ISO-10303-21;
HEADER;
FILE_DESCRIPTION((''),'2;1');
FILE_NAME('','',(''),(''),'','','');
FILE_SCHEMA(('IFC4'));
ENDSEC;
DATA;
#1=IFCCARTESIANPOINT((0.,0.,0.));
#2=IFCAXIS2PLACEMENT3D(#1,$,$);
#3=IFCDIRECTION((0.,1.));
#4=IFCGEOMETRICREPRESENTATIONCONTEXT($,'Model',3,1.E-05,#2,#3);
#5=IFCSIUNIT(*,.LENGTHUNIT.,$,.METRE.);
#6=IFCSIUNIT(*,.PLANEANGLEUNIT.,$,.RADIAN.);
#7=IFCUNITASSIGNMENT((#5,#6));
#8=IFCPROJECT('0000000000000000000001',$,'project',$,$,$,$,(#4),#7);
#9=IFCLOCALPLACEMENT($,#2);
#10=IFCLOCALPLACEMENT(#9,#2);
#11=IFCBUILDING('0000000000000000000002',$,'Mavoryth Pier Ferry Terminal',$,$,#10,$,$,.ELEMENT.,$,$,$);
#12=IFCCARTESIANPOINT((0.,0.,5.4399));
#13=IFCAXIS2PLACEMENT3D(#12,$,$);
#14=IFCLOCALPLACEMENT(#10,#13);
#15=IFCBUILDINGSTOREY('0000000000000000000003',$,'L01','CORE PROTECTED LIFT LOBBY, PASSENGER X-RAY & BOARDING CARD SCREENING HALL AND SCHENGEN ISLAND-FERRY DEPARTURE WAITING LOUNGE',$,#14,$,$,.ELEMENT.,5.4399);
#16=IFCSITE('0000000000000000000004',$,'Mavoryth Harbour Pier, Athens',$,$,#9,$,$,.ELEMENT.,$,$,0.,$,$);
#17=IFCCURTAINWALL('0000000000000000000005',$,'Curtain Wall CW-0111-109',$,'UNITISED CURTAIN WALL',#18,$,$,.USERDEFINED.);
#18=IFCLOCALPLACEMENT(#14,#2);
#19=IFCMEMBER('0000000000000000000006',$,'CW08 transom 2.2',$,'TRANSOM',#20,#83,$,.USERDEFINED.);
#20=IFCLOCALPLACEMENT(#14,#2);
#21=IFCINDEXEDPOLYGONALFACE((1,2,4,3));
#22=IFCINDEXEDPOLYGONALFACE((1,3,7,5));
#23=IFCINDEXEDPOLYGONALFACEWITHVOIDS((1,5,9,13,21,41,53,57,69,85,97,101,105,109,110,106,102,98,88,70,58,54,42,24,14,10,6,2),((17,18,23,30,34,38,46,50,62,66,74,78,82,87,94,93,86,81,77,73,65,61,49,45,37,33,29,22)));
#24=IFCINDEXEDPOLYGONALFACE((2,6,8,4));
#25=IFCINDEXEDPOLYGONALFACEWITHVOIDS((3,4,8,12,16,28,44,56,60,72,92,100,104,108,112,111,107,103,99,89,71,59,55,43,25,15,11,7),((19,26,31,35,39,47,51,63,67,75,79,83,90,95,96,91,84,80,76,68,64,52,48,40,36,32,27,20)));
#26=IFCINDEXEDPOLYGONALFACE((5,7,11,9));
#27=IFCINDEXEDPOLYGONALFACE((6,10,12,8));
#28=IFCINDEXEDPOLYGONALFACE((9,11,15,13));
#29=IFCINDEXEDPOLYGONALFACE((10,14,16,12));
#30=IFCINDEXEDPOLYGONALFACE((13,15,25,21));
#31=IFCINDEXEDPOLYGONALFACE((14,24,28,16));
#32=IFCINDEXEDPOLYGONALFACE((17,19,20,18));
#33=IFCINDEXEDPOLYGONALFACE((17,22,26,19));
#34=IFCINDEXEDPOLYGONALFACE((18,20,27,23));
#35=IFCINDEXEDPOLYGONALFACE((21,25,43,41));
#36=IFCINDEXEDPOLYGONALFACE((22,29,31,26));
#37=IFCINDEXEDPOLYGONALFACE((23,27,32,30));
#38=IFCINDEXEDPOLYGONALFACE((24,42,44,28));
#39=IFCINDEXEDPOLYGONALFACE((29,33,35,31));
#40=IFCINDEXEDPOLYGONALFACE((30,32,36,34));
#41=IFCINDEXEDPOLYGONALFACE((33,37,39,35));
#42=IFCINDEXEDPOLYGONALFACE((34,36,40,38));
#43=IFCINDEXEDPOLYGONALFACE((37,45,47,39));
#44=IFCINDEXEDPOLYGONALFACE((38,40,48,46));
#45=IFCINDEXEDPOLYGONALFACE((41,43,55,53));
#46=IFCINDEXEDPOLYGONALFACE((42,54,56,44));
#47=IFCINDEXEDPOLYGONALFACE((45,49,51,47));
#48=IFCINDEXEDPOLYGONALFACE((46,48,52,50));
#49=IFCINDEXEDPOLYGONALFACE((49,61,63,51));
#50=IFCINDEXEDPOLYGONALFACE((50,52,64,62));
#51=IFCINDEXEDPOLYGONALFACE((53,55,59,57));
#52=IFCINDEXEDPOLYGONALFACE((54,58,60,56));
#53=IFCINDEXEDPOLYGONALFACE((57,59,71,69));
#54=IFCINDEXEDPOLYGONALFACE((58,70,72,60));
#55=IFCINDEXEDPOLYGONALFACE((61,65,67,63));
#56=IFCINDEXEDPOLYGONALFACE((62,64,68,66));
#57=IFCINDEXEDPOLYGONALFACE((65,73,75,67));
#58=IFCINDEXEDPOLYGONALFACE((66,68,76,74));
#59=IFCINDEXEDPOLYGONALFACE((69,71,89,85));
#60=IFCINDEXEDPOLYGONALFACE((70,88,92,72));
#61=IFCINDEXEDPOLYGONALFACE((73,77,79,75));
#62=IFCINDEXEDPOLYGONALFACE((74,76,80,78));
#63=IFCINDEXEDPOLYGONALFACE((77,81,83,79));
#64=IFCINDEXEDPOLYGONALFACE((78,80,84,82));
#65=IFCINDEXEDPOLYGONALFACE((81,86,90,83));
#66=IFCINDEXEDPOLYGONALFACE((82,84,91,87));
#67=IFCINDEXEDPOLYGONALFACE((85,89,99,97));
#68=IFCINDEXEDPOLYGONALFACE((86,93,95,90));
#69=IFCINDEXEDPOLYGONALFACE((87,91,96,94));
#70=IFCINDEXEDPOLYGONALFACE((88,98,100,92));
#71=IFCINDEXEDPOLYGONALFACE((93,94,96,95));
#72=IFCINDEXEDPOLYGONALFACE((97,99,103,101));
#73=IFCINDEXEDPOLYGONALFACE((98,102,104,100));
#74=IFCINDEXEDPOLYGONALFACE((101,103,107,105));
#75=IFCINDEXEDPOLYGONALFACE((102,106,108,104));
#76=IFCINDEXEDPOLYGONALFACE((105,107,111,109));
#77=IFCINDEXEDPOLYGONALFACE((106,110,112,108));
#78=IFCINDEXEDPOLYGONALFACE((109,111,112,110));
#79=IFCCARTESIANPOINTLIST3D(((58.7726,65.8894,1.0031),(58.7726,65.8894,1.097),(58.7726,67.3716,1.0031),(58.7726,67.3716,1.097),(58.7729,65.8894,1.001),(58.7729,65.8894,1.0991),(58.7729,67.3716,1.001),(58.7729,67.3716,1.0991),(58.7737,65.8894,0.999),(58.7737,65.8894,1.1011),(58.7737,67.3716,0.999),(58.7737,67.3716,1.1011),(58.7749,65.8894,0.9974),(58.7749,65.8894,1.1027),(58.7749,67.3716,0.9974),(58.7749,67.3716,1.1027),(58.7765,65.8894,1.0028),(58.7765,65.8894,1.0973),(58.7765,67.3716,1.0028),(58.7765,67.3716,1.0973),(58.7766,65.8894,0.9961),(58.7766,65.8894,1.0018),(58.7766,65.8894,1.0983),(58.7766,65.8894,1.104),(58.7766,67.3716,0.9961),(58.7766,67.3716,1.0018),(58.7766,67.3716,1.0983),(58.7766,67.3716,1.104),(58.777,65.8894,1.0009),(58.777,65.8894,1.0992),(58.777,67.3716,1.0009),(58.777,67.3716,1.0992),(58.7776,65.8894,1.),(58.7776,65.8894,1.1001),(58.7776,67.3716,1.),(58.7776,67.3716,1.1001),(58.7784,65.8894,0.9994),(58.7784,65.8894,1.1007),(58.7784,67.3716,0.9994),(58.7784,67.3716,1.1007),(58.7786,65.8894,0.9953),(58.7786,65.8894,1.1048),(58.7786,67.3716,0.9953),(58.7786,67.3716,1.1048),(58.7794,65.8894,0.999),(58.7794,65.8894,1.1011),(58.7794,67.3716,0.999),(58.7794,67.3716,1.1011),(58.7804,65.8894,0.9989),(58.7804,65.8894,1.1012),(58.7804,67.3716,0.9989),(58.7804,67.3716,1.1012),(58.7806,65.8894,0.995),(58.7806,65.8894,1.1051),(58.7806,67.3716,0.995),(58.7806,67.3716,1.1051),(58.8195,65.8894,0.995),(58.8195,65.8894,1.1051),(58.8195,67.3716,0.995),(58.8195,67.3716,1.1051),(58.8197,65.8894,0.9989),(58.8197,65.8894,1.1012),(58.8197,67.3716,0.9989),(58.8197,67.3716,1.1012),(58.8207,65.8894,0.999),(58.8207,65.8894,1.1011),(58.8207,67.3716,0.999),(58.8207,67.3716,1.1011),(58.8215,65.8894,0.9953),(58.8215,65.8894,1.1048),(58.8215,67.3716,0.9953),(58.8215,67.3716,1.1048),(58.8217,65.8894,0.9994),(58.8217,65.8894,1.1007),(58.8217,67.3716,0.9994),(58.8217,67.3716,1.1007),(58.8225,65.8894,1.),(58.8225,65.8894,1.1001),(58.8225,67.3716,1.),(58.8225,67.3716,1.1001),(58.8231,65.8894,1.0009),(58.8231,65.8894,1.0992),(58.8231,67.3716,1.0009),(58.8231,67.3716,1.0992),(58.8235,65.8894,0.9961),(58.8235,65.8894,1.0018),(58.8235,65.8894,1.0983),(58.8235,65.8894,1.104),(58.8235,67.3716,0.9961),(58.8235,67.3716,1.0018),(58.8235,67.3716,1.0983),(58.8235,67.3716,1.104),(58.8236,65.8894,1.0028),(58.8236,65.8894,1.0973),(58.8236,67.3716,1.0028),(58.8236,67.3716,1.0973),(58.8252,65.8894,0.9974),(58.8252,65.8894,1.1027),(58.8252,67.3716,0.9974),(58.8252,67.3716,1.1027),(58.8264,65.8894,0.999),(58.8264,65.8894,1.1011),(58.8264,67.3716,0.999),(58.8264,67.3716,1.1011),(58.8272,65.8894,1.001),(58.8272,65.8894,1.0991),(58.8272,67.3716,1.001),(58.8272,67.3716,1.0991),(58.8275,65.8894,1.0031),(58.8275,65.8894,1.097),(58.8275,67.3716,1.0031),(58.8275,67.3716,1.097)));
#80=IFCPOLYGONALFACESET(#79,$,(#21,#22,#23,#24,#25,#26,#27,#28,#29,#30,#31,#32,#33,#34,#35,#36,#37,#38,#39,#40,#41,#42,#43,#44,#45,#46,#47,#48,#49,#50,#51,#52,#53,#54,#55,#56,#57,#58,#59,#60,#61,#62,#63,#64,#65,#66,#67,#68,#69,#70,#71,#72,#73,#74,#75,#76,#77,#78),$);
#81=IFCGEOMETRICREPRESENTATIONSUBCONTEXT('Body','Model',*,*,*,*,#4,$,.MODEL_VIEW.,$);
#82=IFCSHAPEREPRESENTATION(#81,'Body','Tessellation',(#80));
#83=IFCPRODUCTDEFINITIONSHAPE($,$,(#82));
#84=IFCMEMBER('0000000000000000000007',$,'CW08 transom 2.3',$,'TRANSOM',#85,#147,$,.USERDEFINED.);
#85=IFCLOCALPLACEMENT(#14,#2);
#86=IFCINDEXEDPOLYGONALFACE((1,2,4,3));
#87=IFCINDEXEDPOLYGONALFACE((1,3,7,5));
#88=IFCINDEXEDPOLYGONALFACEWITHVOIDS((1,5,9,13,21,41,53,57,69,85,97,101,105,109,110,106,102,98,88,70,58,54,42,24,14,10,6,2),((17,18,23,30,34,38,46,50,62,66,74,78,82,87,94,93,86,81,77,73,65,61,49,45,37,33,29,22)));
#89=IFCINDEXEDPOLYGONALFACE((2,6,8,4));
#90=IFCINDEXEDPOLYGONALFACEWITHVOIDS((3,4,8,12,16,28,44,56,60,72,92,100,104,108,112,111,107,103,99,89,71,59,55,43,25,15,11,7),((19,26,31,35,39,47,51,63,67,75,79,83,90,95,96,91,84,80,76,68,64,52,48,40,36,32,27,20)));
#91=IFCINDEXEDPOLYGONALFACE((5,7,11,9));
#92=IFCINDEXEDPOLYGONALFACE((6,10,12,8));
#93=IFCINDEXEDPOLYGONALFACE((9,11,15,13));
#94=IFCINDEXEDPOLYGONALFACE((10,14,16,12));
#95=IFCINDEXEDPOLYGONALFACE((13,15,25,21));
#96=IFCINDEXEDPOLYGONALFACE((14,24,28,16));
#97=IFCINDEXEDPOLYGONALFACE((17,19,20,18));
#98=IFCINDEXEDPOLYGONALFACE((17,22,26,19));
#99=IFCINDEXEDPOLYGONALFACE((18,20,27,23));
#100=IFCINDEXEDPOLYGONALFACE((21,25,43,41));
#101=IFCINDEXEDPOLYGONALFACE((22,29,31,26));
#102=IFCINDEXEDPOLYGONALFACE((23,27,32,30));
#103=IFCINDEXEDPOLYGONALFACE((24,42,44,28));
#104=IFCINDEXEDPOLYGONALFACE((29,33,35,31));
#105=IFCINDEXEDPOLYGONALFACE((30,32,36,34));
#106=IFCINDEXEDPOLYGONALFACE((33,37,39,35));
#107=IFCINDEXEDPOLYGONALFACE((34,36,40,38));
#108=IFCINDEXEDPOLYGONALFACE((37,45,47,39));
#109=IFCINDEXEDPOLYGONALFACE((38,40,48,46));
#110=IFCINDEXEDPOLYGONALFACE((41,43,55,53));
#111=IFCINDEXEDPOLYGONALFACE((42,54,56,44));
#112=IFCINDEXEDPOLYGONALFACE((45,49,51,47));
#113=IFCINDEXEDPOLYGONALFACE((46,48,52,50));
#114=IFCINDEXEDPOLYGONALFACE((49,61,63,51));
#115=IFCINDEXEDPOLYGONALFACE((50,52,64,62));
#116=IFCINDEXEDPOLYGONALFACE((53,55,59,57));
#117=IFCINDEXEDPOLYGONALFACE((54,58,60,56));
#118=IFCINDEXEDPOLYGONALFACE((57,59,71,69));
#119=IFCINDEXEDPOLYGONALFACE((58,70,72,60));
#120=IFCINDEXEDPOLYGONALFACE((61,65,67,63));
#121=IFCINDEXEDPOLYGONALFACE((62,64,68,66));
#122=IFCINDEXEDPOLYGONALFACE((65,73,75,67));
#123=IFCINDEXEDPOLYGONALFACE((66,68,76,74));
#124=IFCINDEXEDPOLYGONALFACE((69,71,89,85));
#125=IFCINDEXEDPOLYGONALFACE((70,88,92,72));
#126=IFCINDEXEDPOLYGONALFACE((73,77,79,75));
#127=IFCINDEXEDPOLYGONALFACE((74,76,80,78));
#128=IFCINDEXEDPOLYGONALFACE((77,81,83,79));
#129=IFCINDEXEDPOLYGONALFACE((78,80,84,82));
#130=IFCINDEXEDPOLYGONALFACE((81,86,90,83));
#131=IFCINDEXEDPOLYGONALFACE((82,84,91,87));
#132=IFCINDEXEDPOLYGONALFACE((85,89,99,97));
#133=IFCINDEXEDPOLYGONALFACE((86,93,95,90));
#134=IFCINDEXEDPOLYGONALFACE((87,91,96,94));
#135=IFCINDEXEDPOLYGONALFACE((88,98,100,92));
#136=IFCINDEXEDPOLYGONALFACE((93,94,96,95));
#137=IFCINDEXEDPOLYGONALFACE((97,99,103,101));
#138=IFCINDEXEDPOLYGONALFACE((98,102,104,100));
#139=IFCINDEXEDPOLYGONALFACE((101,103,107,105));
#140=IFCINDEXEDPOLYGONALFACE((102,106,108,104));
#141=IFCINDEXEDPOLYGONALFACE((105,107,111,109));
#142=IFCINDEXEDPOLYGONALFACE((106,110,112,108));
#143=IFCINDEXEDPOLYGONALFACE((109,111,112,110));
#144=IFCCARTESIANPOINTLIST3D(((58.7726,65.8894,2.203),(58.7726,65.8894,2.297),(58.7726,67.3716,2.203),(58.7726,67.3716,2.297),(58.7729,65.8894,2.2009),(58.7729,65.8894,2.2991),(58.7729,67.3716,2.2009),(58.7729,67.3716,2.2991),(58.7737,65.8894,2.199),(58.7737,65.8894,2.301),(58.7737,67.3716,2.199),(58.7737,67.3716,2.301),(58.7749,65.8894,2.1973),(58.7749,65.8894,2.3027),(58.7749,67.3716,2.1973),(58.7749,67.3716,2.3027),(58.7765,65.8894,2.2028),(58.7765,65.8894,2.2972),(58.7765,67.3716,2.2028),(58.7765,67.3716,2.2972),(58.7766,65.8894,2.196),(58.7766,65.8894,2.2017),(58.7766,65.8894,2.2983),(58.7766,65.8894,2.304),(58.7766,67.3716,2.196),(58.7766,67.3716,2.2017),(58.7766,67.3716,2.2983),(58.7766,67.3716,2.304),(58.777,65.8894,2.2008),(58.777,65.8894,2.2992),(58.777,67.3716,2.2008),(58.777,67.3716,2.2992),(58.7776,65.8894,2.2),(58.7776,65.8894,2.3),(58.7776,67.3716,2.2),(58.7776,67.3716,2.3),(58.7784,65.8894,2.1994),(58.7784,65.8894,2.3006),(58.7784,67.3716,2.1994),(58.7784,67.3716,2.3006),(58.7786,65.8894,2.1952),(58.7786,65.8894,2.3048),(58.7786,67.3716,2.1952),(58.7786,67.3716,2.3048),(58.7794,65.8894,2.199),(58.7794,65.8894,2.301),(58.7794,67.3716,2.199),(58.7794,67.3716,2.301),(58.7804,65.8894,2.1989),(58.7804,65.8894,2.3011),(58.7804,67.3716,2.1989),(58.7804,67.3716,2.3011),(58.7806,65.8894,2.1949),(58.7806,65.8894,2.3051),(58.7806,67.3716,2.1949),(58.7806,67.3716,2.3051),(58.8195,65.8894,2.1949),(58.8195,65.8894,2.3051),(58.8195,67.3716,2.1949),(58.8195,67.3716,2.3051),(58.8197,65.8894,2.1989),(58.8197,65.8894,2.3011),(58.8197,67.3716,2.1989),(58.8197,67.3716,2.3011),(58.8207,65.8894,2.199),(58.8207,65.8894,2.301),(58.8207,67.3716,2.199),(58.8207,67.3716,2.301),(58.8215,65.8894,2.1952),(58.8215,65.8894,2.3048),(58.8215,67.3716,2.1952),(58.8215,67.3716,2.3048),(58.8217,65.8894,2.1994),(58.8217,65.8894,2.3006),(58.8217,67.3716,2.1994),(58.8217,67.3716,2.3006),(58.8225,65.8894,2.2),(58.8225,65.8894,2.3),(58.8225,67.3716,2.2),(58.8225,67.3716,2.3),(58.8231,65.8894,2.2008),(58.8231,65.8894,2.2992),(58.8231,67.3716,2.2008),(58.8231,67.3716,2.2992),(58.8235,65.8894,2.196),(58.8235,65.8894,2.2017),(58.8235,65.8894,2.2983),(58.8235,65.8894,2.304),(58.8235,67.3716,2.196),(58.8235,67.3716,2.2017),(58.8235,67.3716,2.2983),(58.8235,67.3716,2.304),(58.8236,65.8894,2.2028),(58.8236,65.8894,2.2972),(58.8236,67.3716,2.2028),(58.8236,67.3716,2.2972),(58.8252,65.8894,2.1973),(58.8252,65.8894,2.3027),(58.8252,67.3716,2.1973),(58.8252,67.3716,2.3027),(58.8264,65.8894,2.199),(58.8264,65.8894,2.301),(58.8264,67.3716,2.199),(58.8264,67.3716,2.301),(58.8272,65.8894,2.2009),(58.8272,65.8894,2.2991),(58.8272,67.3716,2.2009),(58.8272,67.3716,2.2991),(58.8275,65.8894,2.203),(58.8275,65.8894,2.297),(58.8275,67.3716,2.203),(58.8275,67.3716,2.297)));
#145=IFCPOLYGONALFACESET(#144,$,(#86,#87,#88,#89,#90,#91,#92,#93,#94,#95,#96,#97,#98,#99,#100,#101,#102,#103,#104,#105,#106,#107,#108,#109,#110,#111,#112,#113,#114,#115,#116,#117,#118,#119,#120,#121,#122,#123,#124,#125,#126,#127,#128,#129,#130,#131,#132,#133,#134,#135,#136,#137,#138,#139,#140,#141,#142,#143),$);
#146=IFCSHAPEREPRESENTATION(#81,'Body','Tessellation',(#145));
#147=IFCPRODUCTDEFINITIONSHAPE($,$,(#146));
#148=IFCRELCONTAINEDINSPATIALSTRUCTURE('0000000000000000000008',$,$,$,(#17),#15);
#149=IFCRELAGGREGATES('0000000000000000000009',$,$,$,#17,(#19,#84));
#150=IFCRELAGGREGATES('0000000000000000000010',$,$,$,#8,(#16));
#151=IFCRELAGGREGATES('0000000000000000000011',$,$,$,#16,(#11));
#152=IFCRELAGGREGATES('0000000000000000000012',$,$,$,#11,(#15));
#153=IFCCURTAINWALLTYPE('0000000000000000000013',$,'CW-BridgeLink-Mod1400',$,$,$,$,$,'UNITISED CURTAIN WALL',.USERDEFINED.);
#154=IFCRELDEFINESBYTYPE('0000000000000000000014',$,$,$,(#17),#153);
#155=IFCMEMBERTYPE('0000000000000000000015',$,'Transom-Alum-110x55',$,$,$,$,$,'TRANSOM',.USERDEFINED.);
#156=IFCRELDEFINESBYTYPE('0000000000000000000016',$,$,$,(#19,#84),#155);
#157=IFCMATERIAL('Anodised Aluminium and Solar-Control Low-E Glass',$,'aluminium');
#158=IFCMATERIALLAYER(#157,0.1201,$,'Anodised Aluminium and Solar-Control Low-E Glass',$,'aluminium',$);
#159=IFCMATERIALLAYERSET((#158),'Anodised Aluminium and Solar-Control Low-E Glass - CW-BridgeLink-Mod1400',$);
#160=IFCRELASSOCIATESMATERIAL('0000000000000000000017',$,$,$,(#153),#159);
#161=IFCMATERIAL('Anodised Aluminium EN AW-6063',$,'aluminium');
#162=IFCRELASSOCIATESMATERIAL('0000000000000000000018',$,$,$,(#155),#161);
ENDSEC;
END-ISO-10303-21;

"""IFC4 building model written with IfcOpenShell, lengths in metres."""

from ifc_helpers import new_model, si_unit, direction, frame, origin, origin_2d, place, context, subcontext, project, spatial, hollow_rectangle, extrude, material, layer, layer_set, material_profile, profile_set, type_object, element, aggregate, save


model = new_model("IFC4")

# Units and contexts
model_context = context("Model", 3, precision=1e-05, world=origin(), true_north=direction((0.0, 1.0)))
body_context = subcontext(model_context, "Body", "Model", "MODEL_VIEW")
ifc_project = project(units=[si_unit("LENGTHUNIT", "METRE"), si_unit("PLANEANGLEUNIT", "RADIAN")], contexts=[model_context])

# Site, building, storey
site_placement = place(None, origin())
site = spatial("IfcSite", under=ifc_project, at=site_placement, Name="Mavoryth Harbour Pier, Athens", CompositionType="ELEMENT", RefElevation=0.0)
building_placement = place(site_placement, origin())
building = spatial("IfcBuilding", under=site, at=building_placement, Name="Mavoryth Pier Ferry Terminal", CompositionType="ELEMENT")
storey_placement = place(building_placement, frame((0.0, 0.0, 5.4399)))
storey = spatial("IfcBuildingStorey", under=building, at=storey_placement, Name="L01", Description="CORE PROTECTED LIFT LOBBY, PASSENGER X-RAY & BOARDING CARD SCREENING HALL AND SCHENGEN ISLAND-FERRY DEPARTURE WAITING LOUNGE", CompositionType="ELEMENT", Elevation=5.4399)

# Curtain wall
ifc_material_1 = material(Name="Anodised Aluminium and Solar-Control Low-E Glass", Category="aluminium")
ifc_layer_1 = layer(ifc_material_1, 0.1201, Name="Anodised Aluminium and Solar-Control Low-E Glass", Category="aluminium")
ifc_layer_set_1 = layer_set([ifc_layer_1], Name="Anodised Aluminium and Solar-Control Low-E Glass - CW-BridgeLink-Mod1400")
curtain_wall_type = type_object("IfcCurtainWallType", Name="CW-BridgeLink-Mod1400", ElementType="UNITISED CURTAIN WALL", PredefinedType="USERDEFINED", material=ifc_layer_set_1)
ifc_material_2 = material(Name="Anodised Aluminium EN AW-6063", Category="aluminium")
curtain_wall_1_placement = place(storey_placement, origin())
curtain_wall_1 = element("IfcCurtainWall", 1, at=curtain_wall_1_placement, inside=storey, type_object=curtain_wall_type, Name="Curtain Wall CW-0111-109", ObjectType="UNITISED CURTAIN WALL", PredefinedType="USERDEFINED")

# Members
ifc_material_profile_1 = material_profile(ifc_material_2, hollow_rectangle(XDim=0.0549, YDim=0.1101, WallThickness=0.0039, InnerFilletRadius=0.0039, OuterFilletRadius=0.0081, at=origin_2d()), Name="AL-TRAN 110x55x4", Category="aluminium")
ifc_profile_set_1 = profile_set([ifc_material_profile_1], Name="Anodised Aluminium EN AW-6063 - AL-TRAN 110x55x4")
member_type_1 = type_object("IfcMemberType", Name="Transom-Alum-110x55", ElementType="TRANSOM", PredefinedType="USERDEFINED", material=ifc_profile_set_1)
member_1_placement = place(storey_placement, frame((58.8, 65.8894, 1.05), z_axis=(0.0, 1.0, 0.0), x_axis=(-1.0, 0.0, 0.0)))
member_1 = element("IfcMember", 2, at=member_1_placement, type_object=member_type_1, Name="CW08 transom 2.2", ObjectType="TRANSOM", PredefinedType="USERDEFINED", context=body_context, shape_type="SweptSolid", body=[
    extrude(hollow_rectangle(XDim=0.0549, YDim=0.1101, WallThickness=0.0039, InnerFilletRadius=0.0039, OuterFilletRadius=0.0081, at=origin_2d()), origin(), (0.0, 0.0, 1.0), 1.4822),
])
member_2_placement = place(storey_placement, frame((58.8, 65.8894, 2.25), z_axis=(0.0, 1.0, 0.0), x_axis=(-1.0, 0.0, 0.0)))
member_2 = element("IfcMember", 3, at=member_2_placement, type_object=member_type_1, Name="CW08 transom 2.3", ObjectType="TRANSOM", PredefinedType="USERDEFINED", context=body_context, shape_type="SweptSolid", body=[
    extrude(hollow_rectangle(XDim=0.0549, YDim=0.1101, WallThickness=0.0039, InnerFilletRadius=0.0039, OuterFilletRadius=0.0081, at=origin_2d()), origin(), (0.0, 0.0, 1.0), 1.4822),
])

aggregate(curtain_wall_1, [member_1, member_2])

save(model, "model.ifc")
